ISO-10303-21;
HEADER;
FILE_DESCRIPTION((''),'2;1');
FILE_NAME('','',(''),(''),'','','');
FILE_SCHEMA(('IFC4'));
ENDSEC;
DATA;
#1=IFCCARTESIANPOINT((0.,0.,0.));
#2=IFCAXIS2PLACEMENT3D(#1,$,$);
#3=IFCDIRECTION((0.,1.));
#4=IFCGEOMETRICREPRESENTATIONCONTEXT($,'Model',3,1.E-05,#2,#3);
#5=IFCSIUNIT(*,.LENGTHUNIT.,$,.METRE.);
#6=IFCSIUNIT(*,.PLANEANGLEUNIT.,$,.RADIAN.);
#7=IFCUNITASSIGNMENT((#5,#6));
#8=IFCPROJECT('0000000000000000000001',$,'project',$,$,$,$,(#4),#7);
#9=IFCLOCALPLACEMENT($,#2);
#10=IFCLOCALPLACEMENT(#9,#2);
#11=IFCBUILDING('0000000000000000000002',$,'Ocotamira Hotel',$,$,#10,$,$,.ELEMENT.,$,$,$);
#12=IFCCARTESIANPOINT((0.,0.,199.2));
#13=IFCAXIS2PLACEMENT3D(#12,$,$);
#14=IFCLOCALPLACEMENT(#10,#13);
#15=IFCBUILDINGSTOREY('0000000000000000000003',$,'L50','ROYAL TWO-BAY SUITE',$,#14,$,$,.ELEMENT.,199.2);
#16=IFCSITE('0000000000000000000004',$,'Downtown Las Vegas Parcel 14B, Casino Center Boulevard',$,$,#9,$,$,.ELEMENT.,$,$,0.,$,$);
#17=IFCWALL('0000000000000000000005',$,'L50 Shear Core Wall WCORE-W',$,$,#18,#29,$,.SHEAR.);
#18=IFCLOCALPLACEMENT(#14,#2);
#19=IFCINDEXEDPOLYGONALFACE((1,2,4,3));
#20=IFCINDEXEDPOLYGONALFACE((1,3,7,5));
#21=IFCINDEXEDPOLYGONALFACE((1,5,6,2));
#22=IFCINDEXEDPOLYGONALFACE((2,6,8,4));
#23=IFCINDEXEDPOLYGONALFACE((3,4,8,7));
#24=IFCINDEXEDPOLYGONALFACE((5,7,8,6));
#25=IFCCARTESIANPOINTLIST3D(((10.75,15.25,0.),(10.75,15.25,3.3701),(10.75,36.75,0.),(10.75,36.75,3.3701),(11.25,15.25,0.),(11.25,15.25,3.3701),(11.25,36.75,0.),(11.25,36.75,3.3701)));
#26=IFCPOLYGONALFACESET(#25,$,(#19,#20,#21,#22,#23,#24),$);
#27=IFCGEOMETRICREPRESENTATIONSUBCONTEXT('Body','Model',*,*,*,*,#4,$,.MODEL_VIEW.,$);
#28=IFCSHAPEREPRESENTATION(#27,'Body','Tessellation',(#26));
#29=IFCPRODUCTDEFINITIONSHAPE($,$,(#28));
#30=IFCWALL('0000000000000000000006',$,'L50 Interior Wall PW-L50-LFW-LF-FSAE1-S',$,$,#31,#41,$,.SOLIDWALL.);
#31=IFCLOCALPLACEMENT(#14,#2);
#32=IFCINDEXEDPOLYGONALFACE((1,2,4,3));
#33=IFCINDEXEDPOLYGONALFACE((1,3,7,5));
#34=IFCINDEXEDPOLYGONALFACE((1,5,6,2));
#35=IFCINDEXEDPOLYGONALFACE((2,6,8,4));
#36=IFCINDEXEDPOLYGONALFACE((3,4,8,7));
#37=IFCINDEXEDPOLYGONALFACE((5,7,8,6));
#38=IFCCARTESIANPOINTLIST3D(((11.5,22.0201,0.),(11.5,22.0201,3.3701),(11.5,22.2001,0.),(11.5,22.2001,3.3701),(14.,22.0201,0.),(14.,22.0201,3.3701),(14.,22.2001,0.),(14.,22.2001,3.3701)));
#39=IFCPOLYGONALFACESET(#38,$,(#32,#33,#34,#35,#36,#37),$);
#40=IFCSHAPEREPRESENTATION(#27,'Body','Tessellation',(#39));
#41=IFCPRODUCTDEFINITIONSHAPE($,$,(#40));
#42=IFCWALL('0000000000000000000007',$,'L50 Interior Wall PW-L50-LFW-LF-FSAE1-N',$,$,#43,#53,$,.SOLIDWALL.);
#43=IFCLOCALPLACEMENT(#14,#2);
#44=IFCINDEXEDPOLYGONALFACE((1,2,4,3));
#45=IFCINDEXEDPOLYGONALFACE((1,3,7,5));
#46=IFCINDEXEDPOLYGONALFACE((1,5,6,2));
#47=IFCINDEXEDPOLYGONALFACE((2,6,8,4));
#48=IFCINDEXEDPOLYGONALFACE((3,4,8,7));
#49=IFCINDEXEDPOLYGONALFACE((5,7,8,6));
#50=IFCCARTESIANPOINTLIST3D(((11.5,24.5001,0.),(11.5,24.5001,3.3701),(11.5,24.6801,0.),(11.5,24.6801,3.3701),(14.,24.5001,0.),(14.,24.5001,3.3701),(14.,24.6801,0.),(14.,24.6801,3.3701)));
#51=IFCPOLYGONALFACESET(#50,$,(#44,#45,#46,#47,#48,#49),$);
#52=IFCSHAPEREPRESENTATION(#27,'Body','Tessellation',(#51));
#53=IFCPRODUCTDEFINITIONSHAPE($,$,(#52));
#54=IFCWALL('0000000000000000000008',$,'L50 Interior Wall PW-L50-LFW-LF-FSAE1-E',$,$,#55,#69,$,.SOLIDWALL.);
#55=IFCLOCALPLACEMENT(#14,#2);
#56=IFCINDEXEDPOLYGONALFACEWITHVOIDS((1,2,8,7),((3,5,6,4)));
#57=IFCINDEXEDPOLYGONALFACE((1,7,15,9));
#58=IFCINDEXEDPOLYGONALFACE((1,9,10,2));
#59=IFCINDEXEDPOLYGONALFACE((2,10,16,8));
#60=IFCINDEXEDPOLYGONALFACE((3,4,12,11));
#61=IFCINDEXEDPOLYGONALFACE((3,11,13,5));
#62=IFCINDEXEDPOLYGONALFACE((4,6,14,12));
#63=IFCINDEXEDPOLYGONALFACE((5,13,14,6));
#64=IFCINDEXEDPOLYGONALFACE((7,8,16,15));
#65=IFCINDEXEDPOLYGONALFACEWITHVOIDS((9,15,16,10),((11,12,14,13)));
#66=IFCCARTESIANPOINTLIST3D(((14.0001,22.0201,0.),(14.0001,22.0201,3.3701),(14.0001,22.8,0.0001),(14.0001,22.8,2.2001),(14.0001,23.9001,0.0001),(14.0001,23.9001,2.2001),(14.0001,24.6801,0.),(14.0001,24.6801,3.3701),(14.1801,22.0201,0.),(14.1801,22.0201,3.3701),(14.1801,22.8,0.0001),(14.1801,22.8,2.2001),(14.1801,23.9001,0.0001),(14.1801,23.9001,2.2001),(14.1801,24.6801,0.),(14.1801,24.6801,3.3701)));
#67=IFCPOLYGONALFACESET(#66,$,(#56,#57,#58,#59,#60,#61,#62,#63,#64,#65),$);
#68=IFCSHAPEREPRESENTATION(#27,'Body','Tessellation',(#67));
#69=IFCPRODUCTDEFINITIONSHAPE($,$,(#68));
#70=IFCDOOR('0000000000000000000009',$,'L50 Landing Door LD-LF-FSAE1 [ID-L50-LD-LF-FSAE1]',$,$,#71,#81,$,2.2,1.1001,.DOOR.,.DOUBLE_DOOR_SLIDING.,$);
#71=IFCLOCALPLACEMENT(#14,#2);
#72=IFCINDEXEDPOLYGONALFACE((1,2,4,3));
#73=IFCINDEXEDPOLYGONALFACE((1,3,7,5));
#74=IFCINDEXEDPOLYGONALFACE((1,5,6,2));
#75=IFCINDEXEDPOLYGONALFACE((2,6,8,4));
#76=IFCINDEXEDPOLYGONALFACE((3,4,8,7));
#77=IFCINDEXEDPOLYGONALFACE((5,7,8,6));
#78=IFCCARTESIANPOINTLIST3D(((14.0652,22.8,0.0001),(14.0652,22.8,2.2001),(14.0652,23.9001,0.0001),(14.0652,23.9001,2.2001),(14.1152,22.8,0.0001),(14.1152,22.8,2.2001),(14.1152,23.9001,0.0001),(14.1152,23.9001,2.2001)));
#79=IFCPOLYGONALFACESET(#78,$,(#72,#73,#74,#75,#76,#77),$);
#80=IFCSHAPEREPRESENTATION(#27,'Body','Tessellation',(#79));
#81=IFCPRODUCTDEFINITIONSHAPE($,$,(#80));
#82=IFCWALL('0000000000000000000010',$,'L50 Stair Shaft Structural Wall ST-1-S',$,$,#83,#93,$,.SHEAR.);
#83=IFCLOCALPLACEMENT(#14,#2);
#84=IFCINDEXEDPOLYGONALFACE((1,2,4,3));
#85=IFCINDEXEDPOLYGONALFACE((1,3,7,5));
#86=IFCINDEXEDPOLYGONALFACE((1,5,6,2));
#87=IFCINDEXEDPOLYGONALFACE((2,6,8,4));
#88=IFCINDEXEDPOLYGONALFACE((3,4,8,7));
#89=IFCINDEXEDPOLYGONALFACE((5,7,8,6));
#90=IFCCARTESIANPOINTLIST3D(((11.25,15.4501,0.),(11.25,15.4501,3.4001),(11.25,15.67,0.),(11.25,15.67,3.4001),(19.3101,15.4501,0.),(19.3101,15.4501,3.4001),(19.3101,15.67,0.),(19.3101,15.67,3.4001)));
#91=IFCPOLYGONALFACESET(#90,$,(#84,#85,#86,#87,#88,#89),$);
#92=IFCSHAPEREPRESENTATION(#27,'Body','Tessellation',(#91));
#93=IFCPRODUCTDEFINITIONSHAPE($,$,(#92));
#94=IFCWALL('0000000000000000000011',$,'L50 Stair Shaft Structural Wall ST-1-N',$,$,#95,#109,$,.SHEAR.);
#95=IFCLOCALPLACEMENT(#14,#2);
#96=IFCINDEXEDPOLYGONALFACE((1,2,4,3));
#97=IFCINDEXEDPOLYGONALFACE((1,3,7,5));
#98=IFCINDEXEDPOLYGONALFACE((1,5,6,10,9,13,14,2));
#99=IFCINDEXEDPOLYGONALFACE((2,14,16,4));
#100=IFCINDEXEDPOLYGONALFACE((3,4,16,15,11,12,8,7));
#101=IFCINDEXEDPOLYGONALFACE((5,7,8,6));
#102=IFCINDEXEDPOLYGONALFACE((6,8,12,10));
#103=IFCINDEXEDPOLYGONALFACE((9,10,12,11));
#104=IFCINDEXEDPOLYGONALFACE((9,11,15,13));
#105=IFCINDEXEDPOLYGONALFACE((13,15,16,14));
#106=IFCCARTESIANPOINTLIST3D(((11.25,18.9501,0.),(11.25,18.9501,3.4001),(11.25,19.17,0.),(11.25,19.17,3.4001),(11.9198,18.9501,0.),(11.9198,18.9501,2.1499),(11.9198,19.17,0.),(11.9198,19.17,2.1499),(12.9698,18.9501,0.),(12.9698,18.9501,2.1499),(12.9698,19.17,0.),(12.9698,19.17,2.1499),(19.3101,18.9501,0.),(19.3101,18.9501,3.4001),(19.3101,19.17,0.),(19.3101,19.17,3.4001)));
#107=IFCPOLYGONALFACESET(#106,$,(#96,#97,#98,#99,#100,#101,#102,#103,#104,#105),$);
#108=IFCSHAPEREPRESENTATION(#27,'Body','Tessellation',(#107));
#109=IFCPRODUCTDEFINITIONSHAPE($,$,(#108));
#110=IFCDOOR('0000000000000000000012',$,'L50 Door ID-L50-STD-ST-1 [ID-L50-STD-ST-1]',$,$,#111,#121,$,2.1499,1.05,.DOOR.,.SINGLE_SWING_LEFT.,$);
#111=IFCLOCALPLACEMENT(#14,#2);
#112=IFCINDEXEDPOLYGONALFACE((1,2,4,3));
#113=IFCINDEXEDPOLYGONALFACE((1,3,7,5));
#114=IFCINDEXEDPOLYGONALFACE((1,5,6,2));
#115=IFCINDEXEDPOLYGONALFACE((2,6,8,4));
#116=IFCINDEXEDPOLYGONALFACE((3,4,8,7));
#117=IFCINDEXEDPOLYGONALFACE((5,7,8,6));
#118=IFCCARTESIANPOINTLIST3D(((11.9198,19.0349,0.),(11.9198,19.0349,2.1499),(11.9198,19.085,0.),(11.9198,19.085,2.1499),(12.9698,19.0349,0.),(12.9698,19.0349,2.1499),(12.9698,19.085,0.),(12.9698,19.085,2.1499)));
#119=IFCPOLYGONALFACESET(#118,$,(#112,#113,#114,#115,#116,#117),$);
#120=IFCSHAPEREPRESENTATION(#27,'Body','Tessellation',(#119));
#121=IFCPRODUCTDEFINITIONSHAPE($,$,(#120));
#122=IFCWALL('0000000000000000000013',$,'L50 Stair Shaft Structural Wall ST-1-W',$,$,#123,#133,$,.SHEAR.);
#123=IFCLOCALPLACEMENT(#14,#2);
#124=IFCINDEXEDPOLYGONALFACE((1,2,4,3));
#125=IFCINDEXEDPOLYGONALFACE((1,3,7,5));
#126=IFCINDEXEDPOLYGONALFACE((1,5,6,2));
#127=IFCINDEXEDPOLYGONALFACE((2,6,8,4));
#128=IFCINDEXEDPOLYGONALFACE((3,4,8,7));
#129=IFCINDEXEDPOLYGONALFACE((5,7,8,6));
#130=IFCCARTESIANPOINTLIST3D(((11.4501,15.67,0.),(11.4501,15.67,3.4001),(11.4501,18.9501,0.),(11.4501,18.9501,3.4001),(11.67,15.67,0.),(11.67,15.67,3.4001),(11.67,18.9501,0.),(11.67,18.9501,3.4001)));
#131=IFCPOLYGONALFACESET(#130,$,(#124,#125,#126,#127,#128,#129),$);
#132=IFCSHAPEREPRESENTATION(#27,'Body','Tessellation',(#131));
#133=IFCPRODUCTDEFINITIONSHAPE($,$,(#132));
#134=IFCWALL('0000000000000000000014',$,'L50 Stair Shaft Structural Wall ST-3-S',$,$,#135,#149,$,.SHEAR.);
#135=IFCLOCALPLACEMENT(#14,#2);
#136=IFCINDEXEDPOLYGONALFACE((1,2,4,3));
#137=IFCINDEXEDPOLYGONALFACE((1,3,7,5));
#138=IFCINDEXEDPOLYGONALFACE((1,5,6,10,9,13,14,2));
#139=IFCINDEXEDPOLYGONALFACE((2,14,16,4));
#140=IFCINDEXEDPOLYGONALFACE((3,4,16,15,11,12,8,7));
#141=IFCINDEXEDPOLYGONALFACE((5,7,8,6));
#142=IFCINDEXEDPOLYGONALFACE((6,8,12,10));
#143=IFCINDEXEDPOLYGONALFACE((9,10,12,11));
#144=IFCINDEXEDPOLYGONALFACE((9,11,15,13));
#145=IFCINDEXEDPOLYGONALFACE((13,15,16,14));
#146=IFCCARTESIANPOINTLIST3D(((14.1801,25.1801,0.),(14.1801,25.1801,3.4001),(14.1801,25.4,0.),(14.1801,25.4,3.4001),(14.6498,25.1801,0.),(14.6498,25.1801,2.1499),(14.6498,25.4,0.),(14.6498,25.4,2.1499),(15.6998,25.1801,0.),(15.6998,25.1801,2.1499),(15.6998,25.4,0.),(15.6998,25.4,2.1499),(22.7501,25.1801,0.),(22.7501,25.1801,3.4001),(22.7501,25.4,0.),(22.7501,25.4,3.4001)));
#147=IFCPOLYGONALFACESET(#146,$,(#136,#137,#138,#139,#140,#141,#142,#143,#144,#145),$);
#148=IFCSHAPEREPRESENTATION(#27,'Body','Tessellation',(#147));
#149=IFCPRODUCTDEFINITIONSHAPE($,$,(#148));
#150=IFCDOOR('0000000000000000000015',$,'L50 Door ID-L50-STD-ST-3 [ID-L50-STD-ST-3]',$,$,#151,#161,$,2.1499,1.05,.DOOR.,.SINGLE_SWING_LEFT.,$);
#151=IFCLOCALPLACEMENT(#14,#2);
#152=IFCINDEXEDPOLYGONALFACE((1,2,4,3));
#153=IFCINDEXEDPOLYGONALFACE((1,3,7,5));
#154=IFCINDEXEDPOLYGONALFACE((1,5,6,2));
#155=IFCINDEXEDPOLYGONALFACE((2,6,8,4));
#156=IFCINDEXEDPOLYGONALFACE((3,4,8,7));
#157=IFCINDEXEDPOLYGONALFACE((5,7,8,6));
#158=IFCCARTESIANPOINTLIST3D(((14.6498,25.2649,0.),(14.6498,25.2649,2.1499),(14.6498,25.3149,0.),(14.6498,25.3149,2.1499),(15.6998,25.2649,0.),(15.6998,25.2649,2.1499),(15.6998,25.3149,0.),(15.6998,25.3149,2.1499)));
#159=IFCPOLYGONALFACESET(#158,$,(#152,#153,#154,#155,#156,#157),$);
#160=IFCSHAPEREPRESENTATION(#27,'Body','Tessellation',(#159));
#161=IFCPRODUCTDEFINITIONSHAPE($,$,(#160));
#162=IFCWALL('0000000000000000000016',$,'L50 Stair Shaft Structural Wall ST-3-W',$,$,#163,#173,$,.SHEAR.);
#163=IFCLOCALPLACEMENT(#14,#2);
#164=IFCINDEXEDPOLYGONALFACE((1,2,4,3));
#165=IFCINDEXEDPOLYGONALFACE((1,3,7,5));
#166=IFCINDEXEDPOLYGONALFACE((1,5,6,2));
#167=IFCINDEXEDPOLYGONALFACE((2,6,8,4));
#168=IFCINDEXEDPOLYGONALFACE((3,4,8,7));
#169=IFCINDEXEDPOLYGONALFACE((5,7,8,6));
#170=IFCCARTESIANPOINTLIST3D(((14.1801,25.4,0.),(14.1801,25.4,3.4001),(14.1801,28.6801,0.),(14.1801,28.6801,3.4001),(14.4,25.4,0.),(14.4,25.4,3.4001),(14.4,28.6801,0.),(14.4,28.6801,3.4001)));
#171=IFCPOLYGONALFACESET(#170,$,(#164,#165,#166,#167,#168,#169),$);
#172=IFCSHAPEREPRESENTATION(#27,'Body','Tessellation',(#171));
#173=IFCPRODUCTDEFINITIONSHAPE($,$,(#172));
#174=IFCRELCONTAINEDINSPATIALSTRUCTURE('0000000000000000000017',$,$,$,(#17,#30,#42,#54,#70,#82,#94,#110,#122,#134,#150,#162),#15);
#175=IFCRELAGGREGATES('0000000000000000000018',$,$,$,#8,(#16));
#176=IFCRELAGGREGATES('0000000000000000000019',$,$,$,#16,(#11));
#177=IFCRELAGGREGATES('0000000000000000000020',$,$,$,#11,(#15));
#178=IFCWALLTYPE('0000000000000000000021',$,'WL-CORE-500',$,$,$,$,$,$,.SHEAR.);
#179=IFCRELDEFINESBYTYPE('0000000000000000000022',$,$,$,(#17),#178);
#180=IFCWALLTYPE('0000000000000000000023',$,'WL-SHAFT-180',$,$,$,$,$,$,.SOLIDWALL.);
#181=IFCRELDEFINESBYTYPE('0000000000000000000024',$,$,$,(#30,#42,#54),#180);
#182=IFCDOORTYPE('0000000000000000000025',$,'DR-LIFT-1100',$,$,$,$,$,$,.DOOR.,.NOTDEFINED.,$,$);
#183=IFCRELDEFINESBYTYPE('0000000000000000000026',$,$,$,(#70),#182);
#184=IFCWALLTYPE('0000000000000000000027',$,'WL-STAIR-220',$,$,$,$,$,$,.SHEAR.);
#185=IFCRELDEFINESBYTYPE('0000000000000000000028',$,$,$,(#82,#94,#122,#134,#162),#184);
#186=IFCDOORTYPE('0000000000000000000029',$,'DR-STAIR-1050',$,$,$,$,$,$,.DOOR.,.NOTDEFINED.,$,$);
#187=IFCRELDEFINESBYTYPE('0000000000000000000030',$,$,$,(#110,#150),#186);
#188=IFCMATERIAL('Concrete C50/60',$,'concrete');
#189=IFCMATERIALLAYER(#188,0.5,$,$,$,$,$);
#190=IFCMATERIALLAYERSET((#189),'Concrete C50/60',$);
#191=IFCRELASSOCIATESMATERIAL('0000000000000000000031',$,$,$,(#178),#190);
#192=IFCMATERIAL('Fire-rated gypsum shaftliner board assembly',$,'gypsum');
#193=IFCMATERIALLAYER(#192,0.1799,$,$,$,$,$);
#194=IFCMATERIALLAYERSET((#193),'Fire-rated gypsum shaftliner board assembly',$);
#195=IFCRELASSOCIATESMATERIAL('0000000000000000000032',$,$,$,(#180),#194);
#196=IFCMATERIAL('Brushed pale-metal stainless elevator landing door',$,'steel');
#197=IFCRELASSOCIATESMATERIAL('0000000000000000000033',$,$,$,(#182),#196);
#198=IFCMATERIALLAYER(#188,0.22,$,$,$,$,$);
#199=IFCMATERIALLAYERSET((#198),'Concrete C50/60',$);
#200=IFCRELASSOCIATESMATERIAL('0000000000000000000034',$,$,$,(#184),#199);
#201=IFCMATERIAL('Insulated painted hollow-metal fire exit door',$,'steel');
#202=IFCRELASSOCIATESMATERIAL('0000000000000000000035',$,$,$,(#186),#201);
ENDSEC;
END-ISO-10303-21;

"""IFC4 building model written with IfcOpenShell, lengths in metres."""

from ifc_helpers import new_model, si_unit, direction, frame, frame_2d, origin, place, context, subcontext, project, spatial, rectangle, extrude, source, transform, mapped, material, layer, layer_set, type_object, element, fill, save


model = new_model("IFC4")

# Units and contexts
model_context = context("Model", 3, precision=1e-05, world=origin(), true_north=direction((0.0, 1.0)))
body_context = subcontext(model_context, "Body", "Model", "MODEL_VIEW")
ifc_project = project(units=[si_unit("LENGTHUNIT", "METRE"), si_unit("PLANEANGLEUNIT", "RADIAN")], contexts=[model_context])

# Site, building, storey
site_placement = place(None, origin())
site = spatial("IfcSite", under=ifc_project, at=site_placement, Name="Downtown Las Vegas Parcel 14B, Casino Center Boulevard", CompositionType="ELEMENT", RefElevation=0.0)
building_placement = place(site_placement, origin())
building = spatial("IfcBuilding", under=site, at=building_placement, Name="Ocotamira Hotel", CompositionType="ELEMENT")
storey_placement = place(building_placement, frame((0.0, 0.0, 199.2)))
storey = spatial("IfcBuildingStorey", under=building, at=storey_placement, Name="L50", Description="ROYAL TWO-BAY SUITE", CompositionType="ELEMENT", Elevation=199.2)

# Wall
ifc_material_1 = material(Name="Concrete C50/60", Category="concrete")
ifc_layer_1 = layer(ifc_material_1, 0.5)
ifc_layer_set_1 = layer_set([ifc_layer_1], Name="Concrete C50/60")
wall_type_1 = type_object("IfcWallType", Name="WL-CORE-500", PredefinedType="SHEAR", material=ifc_layer_set_1)
wall_1_placement = place(storey_placement, frame((11.0, 15.25, 0.0), z_axis=(0.0, 0.0, 1.0), x_axis=(0.0, 1.0, 0.0)))
element("IfcWall", 1, at=wall_1_placement, inside=storey, type_object=wall_type_1, Name="L50 Shear Core Wall WCORE-W", PredefinedType="SHEAR", context=body_context, shape_type="SweptSolid", body=[
    extrude(rectangle(XDim=21.5, YDim=0.5, at=frame_2d((10.75, 0.0))), origin(), (0.0, 0.0, 1.0), 3.3701),
])

# Walls
ifc_material_2 = material(Name="Fire-rated gypsum shaftliner board assembly", Category="gypsum")
ifc_layer_2 = layer(ifc_material_2, 0.1799)
ifc_layer_set_2 = layer_set([ifc_layer_2], Name="Fire-rated gypsum shaftliner board assembly")
wall_type_2 = type_object("IfcWallType", Name="WL-SHAFT-180", PredefinedType="SOLIDWALL", material=ifc_layer_set_2)
for number, where, z_axis, x_axis, name in (
    (2, (11.5, 22.1101, 0.0), (0.0, 0.0, 1.0), (1.0, 0.0, 0.0), "L50 Interior Wall PW-L50-LFW-LF-FSAE1-S"),
    (3, (11.5, 24.5901, 0.0), (0.0, 0.0, 1.0), (1.0, 0.0, 0.0), "L50 Interior Wall PW-L50-LFW-LF-FSAE1-N"),
):
    element("IfcWall", number, at=place(storey_placement, frame(where, z_axis=z_axis, x_axis=x_axis)), inside=storey, type_object=wall_type_2, Name=name, PredefinedType="SOLIDWALL", context=body_context, shape_type="SweptSolid", body=[
        extrude(rectangle(XDim=2.5, YDim=0.1799, at=frame_2d((1.25, 0.0))), origin(), (0.0, 0.0, 1.0), 3.3701),
    ])

# Wall, opening, door
wall_2_placement = place(storey_placement, frame((14.0901, 22.02, 0.0), z_axis=(0.0, 0.0, 1.0), x_axis=(0.0, 1.0, 0.0)))
wall_2 = element("IfcWall", 4, at=wall_2_placement, inside=storey, type_object=wall_type_2, Name="L50 Interior Wall PW-L50-LFW-LF-FSAE1-E", PredefinedType="SOLIDWALL", context=body_context, shape_type="SweptSolid", body=[
    extrude(rectangle(XDim=2.6599, YDim=0.1799, at=frame_2d((1.3301, 0.0))), origin(), (0.0, 0.0, 1.0), 3.3701),
])
opening_1_placement = place(wall_2_placement, frame((0.78, 0.0, 0.0)))
opening_1 = element("IfcOpeningElement", 5, at=opening_1_placement, cuts=wall_2, PredefinedType="OPENING", context=body_context, shape_type="SweptSolid", body=[
    extrude(rectangle(XDim=1.1001, YDim=2.2, at=frame_2d((0.55, 1.1001))), frame((0.0, 0.1001, 0.0), z_axis=(0.0, -1.0, 0.0), x_axis=(1.0, 0.0, 0.0)), (0.0, 0.0, 1.0), 0.2),
])
ifc_material_3 = material(Name="Brushed pale-metal stainless elevator landing door", Category="steel")
door_type_1 = type_object("IfcDoorType", Name="DR-LIFT-1100", OperationType="NOTDEFINED", PredefinedType="DOOR", material=ifc_material_3)
shared_shape_1 = source(origin(), body_context, "Body", "SweptSolid", [
    extrude(rectangle(XDim=1.1001, YDim=2.2, at=frame_2d((0.55, 1.1001))), frame((0.0, 0.0249, 0.0), z_axis=(0.0, -1.0, 0.0), x_axis=(1.0, 0.0, 0.0)), (0.0, 0.0, 1.0), 0.05),
])
door_1_placement = place(opening_1_placement, origin())
door_1 = element("IfcDoor", 6, at=door_1_placement, inside=storey, type_object=door_type_1, Name="L50 Landing Door LD-LF-FSAE1 [ID-L50-LD-LF-FSAE1]", OperationType="DOUBLE_DOOR_SLIDING", OverallHeight=2.2, OverallWidth=1.1001, PredefinedType="DOOR", context=body_context, shape_type="MappedRepresentation", body=[
    mapped(shared_shape_1, transform((0.0, 0.0, 0.0), scale=1.0)),
])
fill(opening_1, door_1)

# Wall
ifc_layer_3 = layer(ifc_material_1, 0.22)
ifc_layer_set_3 = layer_set([ifc_layer_3], Name="Concrete C50/60")
wall_type_3 = type_object("IfcWallType", Name="WL-STAIR-220", PredefinedType="SHEAR", material=ifc_layer_set_3)
wall_3_placement = place(storey_placement, frame((11.25, 15.5601, 0.0), z_axis=(0.0, 0.0, 1.0), x_axis=(1.0, 0.0, 0.0)))
element("IfcWall", 7, at=wall_3_placement, inside=storey, type_object=wall_type_3, Name="L50 Stair Shaft Structural Wall ST-1-S", PredefinedType="SHEAR", context=body_context, shape_type="SweptSolid", body=[
    extrude(rectangle(XDim=8.0601, YDim=0.22, at=frame_2d((4.03, 0.0))), origin(), (0.0, 0.0, 1.0), 3.4001),
])

# Wall, opening, door
wall_4_placement = place(storey_placement, frame((11.25, 19.0601, 0.0), z_axis=(0.0, 0.0, 1.0), x_axis=(1.0, 0.0, 0.0)))
wall_4 = element("IfcWall", 8, at=wall_4_placement, inside=storey, type_object=wall_type_3, Name="L50 Stair Shaft Structural Wall ST-1-N", PredefinedType="SHEAR", context=body_context, shape_type="SweptSolid", body=[
    extrude(rectangle(XDim=8.0601, YDim=0.22, at=frame_2d((4.03, 0.0))), origin(), (0.0, 0.0, 1.0), 3.4001),
])
opening_2_placement = place(wall_4_placement, frame((0.6699, 0.0, 0.0)))
opening_2 = element("IfcOpeningElement", 9, at=opening_2_placement, cuts=wall_4, PredefinedType="OPENING", context=body_context, shape_type="SweptSolid", body=[
    extrude(rectangle(XDim=1.05, YDim=2.1499, at=frame_2d((0.5249, 1.075))), frame((0.0, 0.1201, 0.0), z_axis=(0.0, -1.0, 0.0), x_axis=(1.0, 0.0, 0.0)), (0.0, 0.0, 1.0), 0.24),
])
ifc_material_4 = material(Name="Insulated painted hollow-metal fire exit door", Category="steel")
door_type_2 = type_object("IfcDoorType", Name="DR-STAIR-1050", OperationType="NOTDEFINED", PredefinedType="DOOR", material=ifc_material_4)
shared_shape_2 = source(origin(), body_context, "Body", "SweptSolid", [
    extrude(rectangle(XDim=1.05, YDim=2.1499, at=frame_2d((0.5249, 1.075))), frame((0.0, 0.0249, 0.0), z_axis=(0.0, -1.0, 0.0), x_axis=(1.0, 0.0, 0.0)), (0.0, 0.0, 1.0), 0.05),
])
door_2_placement = place(opening_2_placement, origin())
door_2 = element("IfcDoor", 10, at=door_2_placement, inside=storey, type_object=door_type_2, Name="L50 Door ID-L50-STD-ST-1 [ID-L50-STD-ST-1]", OperationType="SINGLE_SWING_LEFT", OverallHeight=2.1499, OverallWidth=1.05, PredefinedType="DOOR", context=body_context, shape_type="MappedRepresentation", body=[
    mapped(shared_shape_2, transform((0.0, 0.0, 0.0), scale=1.0)),
])
fill(opening_2, door_2)

# Wall
wall_5_placement = place(storey_placement, frame((11.5601, 15.6699, 0.0), z_axis=(0.0, 0.0, 1.0), x_axis=(0.0, 1.0, 0.0)))
element("IfcWall", 11, at=wall_5_placement, inside=storey, type_object=wall_type_3, Name="L50 Stair Shaft Structural Wall ST-1-W", PredefinedType="SHEAR", context=body_context, shape_type="SweptSolid", body=[
    extrude(rectangle(XDim=3.28, YDim=0.22, at=frame_2d((1.6401, 0.0))), origin(), (0.0, 0.0, 1.0), 3.4001),
])

# Wall, opening, door
wall_6_placement = place(storey_placement, frame((14.1799, 25.29, 0.0), z_axis=(0.0, 0.0, 1.0), x_axis=(1.0, 0.0, 0.0)))
wall_6 = element("IfcWall", 12, at=wall_6_placement, inside=storey, type_object=wall_type_3, Name="L50 Stair Shaft Structural Wall ST-3-S", PredefinedType="SHEAR", context=body_context, shape_type="SweptSolid", body=[
    extrude(rectangle(XDim=8.5701, YDim=0.22, at=frame_2d((4.2852, 0.0))), origin(), (0.0, 0.0, 1.0), 3.4001),
])
opening_3_placement = place(wall_6_placement, frame((0.47, 0.0, 0.0)))
opening_3 = element("IfcOpeningElement", 13, at=opening_3_placement, cuts=wall_6, PredefinedType="OPENING", context=body_context, shape_type="SweptSolid", body=[
    extrude(rectangle(XDim=1.05, YDim=2.1499, at=frame_2d((0.5249, 1.075))), frame((0.0, 0.1201, 0.0), z_axis=(0.0, -1.0, 0.0), x_axis=(1.0, 0.0, 0.0)), (0.0, 0.0, 1.0), 0.24),
])
door_3_placement = place(opening_3_placement, origin())
door_3 = element("IfcDoor", 14, at=door_3_placement, inside=storey, type_object=door_type_2, Name="L50 Door ID-L50-STD-ST-3 [ID-L50-STD-ST-3]", OperationType="SINGLE_SWING_LEFT", OverallHeight=2.1499, OverallWidth=1.05, PredefinedType="DOOR", context=body_context, shape_type="MappedRepresentation", body=[
    mapped(shared_shape_2, transform((0.0, 0.0, 0.0), scale=1.0)),
])
fill(opening_3, door_3)

# Wall
wall_7_placement = place(storey_placement, frame((14.29, 25.3999, 0.0), z_axis=(0.0, 0.0, 1.0), x_axis=(0.0, 1.0, 0.0)))
element("IfcWall", 15, at=wall_7_placement, inside=storey, type_object=wall_type_3, Name="L50 Stair Shaft Structural Wall ST-3-W", PredefinedType="SHEAR", context=body_context, shape_type="SweptSolid", body=[
    extrude(rectangle(XDim=3.28, YDim=0.22, at=frame_2d((1.6401, 0.0))), origin(), (0.0, 0.0, 1.0), 3.4001),
])

save(model, "model.ifc")
